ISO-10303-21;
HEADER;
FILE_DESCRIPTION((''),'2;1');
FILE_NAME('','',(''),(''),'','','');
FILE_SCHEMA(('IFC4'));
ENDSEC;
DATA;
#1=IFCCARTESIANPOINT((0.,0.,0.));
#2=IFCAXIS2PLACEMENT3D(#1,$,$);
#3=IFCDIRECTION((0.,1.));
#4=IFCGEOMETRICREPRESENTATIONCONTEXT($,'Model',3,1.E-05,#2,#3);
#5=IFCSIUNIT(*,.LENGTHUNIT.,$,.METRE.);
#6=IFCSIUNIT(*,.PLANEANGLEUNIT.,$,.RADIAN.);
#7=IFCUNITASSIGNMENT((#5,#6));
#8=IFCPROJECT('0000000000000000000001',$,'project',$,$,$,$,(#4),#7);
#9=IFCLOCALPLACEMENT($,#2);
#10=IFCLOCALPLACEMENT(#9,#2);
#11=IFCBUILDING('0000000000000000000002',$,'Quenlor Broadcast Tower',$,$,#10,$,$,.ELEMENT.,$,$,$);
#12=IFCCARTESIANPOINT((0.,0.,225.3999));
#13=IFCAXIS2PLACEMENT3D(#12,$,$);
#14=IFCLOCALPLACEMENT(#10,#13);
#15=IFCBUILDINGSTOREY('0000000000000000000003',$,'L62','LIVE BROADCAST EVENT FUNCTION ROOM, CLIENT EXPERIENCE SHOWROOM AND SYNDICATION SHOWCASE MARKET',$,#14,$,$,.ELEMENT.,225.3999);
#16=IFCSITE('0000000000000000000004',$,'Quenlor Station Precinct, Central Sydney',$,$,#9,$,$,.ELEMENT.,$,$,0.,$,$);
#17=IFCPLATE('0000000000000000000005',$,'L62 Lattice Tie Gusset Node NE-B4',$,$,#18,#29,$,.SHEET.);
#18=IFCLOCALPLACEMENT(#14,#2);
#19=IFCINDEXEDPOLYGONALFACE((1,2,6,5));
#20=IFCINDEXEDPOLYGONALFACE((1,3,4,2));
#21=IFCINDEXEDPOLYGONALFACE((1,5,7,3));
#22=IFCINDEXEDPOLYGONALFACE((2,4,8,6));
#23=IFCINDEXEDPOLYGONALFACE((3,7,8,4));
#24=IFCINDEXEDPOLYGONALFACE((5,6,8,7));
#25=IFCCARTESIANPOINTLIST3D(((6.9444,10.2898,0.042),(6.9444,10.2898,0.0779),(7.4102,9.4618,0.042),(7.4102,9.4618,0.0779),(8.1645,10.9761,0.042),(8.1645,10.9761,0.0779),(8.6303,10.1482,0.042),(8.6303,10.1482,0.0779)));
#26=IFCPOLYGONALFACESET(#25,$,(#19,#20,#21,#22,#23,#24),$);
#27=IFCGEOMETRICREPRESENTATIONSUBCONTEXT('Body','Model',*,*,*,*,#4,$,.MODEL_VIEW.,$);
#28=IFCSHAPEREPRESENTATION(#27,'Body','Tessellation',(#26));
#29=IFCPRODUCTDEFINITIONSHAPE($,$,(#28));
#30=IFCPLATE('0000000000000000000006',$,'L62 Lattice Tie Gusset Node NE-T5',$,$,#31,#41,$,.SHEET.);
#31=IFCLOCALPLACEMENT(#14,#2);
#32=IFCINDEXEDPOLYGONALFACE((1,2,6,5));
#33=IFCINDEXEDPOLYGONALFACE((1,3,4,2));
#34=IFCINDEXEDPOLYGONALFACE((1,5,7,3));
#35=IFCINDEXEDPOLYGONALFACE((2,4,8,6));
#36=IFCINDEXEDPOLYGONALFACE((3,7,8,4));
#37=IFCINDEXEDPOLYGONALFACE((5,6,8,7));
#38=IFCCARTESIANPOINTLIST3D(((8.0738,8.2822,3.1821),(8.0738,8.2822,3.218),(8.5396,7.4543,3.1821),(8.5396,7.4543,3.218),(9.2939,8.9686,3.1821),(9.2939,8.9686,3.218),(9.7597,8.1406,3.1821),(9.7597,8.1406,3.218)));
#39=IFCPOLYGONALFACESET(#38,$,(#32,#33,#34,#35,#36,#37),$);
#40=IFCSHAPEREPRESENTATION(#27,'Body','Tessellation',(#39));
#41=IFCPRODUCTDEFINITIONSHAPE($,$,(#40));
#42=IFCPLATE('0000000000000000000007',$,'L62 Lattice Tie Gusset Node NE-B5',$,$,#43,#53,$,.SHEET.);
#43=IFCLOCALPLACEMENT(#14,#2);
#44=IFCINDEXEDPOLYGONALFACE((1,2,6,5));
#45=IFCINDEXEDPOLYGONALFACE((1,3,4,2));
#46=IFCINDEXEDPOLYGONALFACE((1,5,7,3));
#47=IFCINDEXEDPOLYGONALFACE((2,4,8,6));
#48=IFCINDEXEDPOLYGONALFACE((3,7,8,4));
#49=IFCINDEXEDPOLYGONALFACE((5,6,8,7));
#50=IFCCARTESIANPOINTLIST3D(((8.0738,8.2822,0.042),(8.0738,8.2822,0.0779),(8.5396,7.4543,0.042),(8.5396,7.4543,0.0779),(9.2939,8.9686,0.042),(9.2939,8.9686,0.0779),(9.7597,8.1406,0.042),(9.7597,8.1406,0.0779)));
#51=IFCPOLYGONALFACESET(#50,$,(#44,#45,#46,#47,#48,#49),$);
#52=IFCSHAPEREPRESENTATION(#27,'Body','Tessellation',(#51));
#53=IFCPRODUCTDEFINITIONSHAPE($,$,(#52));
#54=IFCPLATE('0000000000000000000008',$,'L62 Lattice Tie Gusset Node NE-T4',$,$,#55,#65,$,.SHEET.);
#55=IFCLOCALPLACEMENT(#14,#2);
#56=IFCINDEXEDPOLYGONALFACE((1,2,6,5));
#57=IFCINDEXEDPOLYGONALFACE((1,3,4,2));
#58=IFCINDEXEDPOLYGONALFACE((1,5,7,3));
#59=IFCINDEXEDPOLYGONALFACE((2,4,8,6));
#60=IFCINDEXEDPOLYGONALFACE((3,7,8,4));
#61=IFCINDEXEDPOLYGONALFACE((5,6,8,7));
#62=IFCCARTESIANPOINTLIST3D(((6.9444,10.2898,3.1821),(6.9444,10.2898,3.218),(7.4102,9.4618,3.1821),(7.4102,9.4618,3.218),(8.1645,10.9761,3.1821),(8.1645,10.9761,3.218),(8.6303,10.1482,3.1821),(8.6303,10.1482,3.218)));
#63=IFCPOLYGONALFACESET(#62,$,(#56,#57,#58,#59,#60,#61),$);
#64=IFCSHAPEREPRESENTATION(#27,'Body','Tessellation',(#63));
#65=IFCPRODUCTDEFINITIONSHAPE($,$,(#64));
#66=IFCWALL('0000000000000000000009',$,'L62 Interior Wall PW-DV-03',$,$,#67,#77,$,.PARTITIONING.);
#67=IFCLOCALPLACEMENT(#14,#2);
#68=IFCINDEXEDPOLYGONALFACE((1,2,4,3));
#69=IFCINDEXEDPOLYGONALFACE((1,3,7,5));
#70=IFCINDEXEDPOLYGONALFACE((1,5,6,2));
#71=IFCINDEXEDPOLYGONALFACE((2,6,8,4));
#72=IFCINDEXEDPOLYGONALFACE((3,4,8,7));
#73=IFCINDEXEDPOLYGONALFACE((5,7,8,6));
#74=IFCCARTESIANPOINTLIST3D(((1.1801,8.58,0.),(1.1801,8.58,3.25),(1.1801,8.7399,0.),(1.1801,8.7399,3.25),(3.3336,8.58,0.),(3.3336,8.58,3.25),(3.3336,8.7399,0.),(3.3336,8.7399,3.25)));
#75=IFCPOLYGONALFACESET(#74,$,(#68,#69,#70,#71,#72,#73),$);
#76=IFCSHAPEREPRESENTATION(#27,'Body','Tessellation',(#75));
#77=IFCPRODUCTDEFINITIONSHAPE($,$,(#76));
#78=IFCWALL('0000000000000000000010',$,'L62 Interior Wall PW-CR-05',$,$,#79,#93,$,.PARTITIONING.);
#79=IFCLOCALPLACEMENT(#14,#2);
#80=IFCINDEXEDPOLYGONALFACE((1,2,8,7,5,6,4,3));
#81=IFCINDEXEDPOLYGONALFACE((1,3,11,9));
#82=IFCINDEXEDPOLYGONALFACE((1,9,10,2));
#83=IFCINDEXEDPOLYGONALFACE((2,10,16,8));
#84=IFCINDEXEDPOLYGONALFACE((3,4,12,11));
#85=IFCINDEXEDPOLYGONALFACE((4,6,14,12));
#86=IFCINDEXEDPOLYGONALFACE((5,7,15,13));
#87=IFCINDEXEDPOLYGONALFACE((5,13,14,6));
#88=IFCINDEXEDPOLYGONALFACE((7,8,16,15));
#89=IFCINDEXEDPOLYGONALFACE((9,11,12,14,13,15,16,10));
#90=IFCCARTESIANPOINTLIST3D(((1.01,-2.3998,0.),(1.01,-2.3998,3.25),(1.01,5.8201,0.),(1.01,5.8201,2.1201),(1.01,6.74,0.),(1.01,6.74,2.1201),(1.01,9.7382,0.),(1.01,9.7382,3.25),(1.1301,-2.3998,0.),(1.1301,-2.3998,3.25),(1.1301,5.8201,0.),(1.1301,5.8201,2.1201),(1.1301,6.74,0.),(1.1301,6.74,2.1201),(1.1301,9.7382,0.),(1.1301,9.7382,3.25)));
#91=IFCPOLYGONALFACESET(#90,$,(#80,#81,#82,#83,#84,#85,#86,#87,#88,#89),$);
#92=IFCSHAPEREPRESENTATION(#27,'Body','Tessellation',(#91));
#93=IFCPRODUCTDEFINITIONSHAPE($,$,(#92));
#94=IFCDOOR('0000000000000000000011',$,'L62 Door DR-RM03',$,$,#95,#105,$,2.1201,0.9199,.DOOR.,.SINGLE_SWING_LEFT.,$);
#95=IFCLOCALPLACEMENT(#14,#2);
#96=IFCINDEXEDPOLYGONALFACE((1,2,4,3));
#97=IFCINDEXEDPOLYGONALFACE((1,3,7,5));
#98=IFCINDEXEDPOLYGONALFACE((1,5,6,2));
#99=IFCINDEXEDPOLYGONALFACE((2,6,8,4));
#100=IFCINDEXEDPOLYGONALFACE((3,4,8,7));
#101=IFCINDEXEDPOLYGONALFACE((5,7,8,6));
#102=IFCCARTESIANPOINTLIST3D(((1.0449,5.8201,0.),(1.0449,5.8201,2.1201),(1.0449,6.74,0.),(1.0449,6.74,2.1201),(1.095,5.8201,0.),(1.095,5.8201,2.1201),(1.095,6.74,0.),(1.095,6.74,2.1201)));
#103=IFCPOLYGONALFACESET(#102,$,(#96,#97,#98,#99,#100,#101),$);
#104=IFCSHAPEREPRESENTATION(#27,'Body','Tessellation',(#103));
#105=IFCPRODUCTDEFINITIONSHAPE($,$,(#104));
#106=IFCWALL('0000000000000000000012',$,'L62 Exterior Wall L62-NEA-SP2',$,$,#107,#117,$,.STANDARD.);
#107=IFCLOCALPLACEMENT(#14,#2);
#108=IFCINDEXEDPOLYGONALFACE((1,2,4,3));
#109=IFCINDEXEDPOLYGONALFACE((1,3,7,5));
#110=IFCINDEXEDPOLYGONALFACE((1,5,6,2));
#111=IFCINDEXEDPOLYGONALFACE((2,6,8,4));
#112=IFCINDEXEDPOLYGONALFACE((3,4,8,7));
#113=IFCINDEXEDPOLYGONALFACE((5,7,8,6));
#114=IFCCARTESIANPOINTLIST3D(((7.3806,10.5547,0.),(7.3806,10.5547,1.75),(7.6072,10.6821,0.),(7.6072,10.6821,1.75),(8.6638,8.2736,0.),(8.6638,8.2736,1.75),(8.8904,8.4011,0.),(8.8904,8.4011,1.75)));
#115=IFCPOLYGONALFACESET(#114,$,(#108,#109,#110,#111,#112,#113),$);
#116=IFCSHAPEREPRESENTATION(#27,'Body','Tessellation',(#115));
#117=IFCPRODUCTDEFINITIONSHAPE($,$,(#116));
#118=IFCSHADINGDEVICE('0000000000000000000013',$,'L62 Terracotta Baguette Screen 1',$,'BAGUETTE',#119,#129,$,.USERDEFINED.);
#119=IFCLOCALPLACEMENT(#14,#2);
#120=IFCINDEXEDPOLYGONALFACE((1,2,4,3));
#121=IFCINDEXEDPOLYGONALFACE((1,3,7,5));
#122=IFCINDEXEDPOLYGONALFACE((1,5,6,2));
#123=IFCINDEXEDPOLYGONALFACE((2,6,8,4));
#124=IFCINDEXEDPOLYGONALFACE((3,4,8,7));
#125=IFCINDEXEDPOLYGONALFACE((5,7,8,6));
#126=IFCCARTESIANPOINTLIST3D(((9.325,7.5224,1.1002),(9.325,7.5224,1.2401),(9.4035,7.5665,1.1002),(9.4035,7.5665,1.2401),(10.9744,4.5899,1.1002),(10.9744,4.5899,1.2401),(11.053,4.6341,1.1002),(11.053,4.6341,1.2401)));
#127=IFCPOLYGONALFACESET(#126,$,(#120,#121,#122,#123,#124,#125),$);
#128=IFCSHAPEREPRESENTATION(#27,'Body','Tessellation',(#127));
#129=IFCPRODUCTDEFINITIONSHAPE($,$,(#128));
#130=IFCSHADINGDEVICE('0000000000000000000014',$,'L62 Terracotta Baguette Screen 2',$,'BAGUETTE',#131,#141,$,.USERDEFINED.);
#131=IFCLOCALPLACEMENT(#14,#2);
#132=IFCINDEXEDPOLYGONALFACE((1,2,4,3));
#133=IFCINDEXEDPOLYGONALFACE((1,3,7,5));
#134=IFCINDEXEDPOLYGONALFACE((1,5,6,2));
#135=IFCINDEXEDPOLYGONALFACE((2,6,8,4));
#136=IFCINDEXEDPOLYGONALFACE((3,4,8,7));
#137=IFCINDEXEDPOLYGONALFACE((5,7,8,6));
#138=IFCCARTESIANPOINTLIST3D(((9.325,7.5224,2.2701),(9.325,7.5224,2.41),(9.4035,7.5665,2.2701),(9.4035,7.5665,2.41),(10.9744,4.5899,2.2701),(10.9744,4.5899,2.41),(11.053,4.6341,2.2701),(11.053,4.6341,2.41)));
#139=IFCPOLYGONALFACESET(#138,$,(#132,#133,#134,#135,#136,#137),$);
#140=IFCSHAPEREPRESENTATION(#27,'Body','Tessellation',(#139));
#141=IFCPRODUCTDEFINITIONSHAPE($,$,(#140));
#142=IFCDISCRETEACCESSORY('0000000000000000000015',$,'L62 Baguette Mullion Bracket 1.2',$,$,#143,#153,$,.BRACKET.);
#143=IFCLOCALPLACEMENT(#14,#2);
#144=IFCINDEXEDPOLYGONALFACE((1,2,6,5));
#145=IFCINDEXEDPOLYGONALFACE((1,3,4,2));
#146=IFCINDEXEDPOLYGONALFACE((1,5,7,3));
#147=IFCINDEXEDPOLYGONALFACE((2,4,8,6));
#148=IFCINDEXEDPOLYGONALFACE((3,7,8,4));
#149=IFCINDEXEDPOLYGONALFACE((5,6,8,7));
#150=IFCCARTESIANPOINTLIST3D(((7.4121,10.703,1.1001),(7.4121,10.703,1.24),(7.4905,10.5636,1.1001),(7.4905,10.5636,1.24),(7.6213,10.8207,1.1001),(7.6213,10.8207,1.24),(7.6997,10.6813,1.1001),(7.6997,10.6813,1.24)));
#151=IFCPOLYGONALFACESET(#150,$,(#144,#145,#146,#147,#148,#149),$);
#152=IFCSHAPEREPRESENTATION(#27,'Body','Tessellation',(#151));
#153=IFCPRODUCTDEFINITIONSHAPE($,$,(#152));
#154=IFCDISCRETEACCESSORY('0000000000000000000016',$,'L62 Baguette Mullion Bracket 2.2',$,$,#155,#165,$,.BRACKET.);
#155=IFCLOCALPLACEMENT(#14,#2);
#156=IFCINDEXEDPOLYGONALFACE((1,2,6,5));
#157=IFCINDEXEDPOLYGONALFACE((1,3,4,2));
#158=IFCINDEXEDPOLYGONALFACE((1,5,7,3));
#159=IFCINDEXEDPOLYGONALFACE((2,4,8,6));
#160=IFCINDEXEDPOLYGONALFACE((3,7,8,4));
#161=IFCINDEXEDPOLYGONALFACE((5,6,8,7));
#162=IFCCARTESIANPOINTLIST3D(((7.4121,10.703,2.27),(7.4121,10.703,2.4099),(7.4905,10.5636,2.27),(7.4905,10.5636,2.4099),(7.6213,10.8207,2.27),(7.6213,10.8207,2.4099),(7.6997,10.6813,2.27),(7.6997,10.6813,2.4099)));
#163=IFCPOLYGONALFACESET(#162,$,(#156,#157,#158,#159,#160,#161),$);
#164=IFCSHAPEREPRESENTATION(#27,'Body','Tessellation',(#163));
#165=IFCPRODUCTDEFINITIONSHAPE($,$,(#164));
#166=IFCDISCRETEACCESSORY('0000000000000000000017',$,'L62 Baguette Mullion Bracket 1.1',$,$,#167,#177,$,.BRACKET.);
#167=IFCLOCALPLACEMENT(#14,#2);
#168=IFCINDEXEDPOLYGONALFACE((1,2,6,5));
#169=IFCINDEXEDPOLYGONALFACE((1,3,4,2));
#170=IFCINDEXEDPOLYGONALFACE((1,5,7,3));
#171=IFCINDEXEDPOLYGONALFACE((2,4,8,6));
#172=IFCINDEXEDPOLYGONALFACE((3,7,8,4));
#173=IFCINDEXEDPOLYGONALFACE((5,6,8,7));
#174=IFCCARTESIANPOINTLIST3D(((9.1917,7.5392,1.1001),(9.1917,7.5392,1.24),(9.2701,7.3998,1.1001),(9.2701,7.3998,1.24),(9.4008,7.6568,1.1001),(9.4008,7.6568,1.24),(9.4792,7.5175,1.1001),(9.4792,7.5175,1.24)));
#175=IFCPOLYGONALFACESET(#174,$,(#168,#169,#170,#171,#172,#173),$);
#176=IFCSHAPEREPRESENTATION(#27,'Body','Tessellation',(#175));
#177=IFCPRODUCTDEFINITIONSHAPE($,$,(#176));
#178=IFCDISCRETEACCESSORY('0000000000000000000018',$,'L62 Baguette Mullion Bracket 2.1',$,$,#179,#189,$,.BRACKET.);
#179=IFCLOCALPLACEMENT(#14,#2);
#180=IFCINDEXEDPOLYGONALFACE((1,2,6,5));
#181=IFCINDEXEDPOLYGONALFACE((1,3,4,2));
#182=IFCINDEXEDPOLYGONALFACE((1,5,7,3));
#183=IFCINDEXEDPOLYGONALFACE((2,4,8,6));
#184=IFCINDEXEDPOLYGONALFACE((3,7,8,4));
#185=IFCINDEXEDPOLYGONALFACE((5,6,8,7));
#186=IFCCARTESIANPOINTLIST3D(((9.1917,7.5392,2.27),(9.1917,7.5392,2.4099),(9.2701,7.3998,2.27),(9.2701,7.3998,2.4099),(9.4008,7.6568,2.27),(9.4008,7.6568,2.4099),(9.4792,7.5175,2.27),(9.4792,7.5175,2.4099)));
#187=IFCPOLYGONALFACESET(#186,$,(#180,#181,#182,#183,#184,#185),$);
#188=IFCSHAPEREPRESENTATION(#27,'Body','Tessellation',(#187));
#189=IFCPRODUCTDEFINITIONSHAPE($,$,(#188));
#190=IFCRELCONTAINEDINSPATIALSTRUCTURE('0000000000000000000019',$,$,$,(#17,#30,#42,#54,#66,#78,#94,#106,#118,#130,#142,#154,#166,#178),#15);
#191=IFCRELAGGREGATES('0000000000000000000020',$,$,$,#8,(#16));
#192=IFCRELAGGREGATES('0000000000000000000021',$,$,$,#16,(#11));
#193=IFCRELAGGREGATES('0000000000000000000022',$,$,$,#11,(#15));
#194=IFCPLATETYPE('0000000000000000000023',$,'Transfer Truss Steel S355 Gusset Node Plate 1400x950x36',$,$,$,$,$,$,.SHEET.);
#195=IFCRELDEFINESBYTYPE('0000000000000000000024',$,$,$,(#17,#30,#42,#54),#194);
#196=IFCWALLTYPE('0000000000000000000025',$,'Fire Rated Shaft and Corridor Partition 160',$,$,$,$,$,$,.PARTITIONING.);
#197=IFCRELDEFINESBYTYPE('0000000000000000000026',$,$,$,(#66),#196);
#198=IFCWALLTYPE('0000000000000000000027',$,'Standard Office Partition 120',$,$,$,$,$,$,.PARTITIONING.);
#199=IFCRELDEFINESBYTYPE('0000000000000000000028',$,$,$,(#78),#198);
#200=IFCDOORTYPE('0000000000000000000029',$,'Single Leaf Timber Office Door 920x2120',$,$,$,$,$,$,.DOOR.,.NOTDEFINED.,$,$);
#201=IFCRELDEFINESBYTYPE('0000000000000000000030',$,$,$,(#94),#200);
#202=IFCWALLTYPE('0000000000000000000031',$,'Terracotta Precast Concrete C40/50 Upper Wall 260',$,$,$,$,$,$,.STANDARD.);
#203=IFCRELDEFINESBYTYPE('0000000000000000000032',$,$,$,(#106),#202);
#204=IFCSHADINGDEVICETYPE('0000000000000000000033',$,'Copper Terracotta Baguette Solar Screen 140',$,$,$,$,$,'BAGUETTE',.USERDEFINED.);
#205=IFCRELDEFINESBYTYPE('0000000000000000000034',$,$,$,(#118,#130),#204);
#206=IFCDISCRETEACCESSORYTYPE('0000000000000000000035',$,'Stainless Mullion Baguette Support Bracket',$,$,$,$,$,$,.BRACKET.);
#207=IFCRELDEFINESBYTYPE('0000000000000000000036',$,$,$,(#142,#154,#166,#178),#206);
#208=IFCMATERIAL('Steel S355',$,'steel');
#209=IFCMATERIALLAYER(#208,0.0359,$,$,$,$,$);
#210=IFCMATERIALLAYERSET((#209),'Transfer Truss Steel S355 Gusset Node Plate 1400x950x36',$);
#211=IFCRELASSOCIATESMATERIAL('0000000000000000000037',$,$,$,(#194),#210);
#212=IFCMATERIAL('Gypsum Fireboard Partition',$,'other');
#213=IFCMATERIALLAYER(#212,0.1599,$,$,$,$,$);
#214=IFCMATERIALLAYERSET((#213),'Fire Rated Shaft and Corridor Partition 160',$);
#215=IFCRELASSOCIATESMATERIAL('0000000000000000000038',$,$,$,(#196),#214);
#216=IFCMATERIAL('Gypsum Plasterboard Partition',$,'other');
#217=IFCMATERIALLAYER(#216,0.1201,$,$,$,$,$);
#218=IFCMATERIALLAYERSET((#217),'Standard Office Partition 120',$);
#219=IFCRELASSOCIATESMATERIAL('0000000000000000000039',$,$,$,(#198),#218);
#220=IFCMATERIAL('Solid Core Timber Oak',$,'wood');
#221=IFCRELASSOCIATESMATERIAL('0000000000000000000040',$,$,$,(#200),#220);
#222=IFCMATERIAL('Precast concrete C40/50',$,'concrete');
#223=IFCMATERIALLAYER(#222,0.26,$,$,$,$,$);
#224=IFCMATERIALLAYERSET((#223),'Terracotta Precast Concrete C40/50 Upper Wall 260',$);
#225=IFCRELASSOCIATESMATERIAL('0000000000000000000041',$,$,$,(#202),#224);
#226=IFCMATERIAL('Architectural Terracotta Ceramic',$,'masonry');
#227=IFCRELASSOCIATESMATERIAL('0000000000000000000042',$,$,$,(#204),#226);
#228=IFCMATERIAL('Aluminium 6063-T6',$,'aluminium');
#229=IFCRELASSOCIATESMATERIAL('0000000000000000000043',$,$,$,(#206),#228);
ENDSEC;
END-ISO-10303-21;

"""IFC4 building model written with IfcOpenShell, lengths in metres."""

from ifc_helpers import new_model, si_unit, direction, frame, frame_2d, origin, origin_2d, place, context, subcontext, project, spatial, rectangle, extrude, material, layer, layer_set, material_profile, profile_set, type_object, element, fill, save


model = new_model("IFC4")

# Units and contexts
model_context = context("Model", 3, precision=1e-05, world=origin(), true_north=direction((0.0, 1.0)))
body_context = subcontext(model_context, "Body", "Model", "MODEL_VIEW")
ifc_project = project(units=[si_unit("LENGTHUNIT", "METRE"), si_unit("PLANEANGLEUNIT", "RADIAN")], contexts=[model_context])

# Site, building, storey
site_placement = place(None, origin())
site = spatial("IfcSite", under=ifc_project, at=site_placement, Name="Quenlor Station Precinct, Central Sydney", CompositionType="ELEMENT", RefElevation=0.0)
building_placement = place(site_placement, origin())
building = spatial("IfcBuilding", under=site, at=building_placement, Name="Quenlor Broadcast Tower", CompositionType="ELEMENT")
storey_placement = place(building_placement, frame((0.0, 0.0, 225.3999)))
storey = spatial("IfcBuildingStorey", under=building, at=storey_placement, Name="L62", Description="LIVE BROADCAST EVENT FUNCTION ROOM, CLIENT EXPERIENCE SHOWROOM AND SYNDICATION SHOWCASE MARKET", CompositionType="ELEMENT", Elevation=225.3999)

# Plates
ifc_material_1 = material(Name="Steel S355", Category="steel")
ifc_layer_1 = layer(ifc_material_1, 0.0359)
ifc_layer_set_1 = layer_set([ifc_layer_1], Name="Transfer Truss Steel S355 Gusset Node Plate 1400x950x36")
plate_type_1 = type_object("IfcPlateType", Name="Transfer Truss Steel S355 Gusset Node Plate 1400x950x36", PredefinedType="SHEET", material=ifc_layer_set_1)
for number, where, z_axis, x_axis, name in (
    (1, (7.7874, 10.219, 0.042), (0.0, 0.0, 1.0), (0.871556, 0.490295, 0.0), "L62 Lattice Tie Gusset Node NE-B4"),
    (2, (8.9167, 8.2114, 3.1821), (0.0, 0.0, 1.0), (0.871556, 0.490295, 0.0), "L62 Lattice Tie Gusset Node NE-T5"),
    (3, (8.9167, 8.2114, 0.042), (0.0, 0.0, 1.0), (0.871556, 0.490295, 0.0), "L62 Lattice Tie Gusset Node NE-B5"),
    (4, (7.7874, 10.219, 3.1821), (0.0, 0.0, 1.0), (0.871556, 0.490295, 0.0), "L62 Lattice Tie Gusset Node NE-T4"),
):
    element("IfcPlate", number, at=place(storey_placement, frame(where, z_axis=z_axis, x_axis=x_axis)), inside=storey, type_object=plate_type_1, Name=name, PredefinedType="SHEET", context=body_context, shape_type="SweptSolid", body=[
        extrude(rectangle(XDim=1.3999, YDim=0.95, at=origin_2d()), origin(), (0.0, 0.0, 1.0), 0.0359),
    ])

# Wall
ifc_material_2 = material(Name="Gypsum Fireboard Partition", Category="other")
ifc_layer_2 = layer(ifc_material_2, 0.1599)
ifc_layer_set_2 = layer_set([ifc_layer_2], Name="Fire Rated Shaft and Corridor Partition 160")
wall_type_1 = type_object("IfcWallType", Name="Fire Rated Shaft and Corridor Partition 160", PredefinedType="PARTITIONING", material=ifc_layer_set_2)
wall_1_placement = place(storey_placement, frame((3.3335, 8.6599, 0.0), z_axis=(0.0, 0.0, 1.0), x_axis=(-1.0, 0.0, 0.0)))
element("IfcWall", 5, at=wall_1_placement, inside=storey, type_object=wall_type_1, Name="L62 Interior Wall PW-DV-03", PredefinedType="PARTITIONING", context=body_context, shape_type="SweptSolid", body=[
    extrude(rectangle(XDim=2.1536, YDim=0.1599, at=frame_2d((1.0767, 0.0))), origin(), (0.0, 0.0, 1.0), 3.25),
])

# Wall, opening, door
ifc_material_3 = material(Name="Gypsum Plasterboard Partition", Category="other")
ifc_layer_3 = layer(ifc_material_3, 0.1201)
ifc_layer_set_3 = layer_set([ifc_layer_3], Name="Standard Office Partition 120")
wall_type_2 = type_object("IfcWallType", Name="Standard Office Partition 120", PredefinedType="PARTITIONING", material=ifc_layer_set_3)
wall_2_placement = place(storey_placement, frame((1.0701, 9.738, 0.0), z_axis=(0.0, 0.0, 1.0), x_axis=(0.0, -1.0, 0.0)))
wall_2 = element("IfcWall", 6, at=wall_2_placement, inside=storey, type_object=wall_type_2, Name="L62 Interior Wall PW-CR-05", PredefinedType="PARTITIONING", context=body_context, shape_type="SweptSolid", body=[
    extrude(rectangle(XDim=12.1379, YDim=0.1201, at=frame_2d((6.0688, 0.0))), origin(), (0.0, 0.0, 1.0), 3.25),
])
opening_placement = place(wall_2_placement, frame((2.998, 0.0, 0.0)))
opening = element("IfcOpeningElement", 7, at=opening_placement, cuts=wall_2, PredefinedType="OPENING", context=body_context, shape_type="SweptSolid", body=[
    extrude(rectangle(XDim=0.9199, YDim=2.1201, at=frame_2d((0.46, 1.0601))), frame((0.0, 0.0701, 0.0), z_axis=(0.0, -1.0, 0.0), x_axis=(1.0, 0.0, 0.0)), (0.0, 0.0, 1.0), 0.1401),
])
ifc_material_4 = material(Name="Solid Core Timber Oak", Category="wood")
door_type = type_object("IfcDoorType", Name="Single Leaf Timber Office Door 920x2120", OperationType="NOTDEFINED", PredefinedType="DOOR", material=ifc_material_4)
door_placement = place(opening_placement, origin())
door = element("IfcDoor", 8, at=door_placement, inside=storey, type_object=door_type, Name="L62 Door DR-RM03", OperationType="SINGLE_SWING_LEFT", OverallHeight=2.1201, OverallWidth=0.9199, PredefinedType="DOOR", context=body_context, shape_type="SweptSolid", body=[
    extrude(rectangle(XDim=0.9199, YDim=2.1201, at=frame_2d((0.46, 1.0601))), frame((0.0, 0.0249, 0.0), z_axis=(0.0, -1.0, 0.0), x_axis=(1.0, 0.0, 0.0)), (0.0, 0.0, 1.0), 0.05),
])
fill(opening, door)

# Wall
ifc_material_5 = material(Name="Precast concrete C40/50", Category="concrete")
ifc_layer_4 = layer(ifc_material_5, 0.26)
ifc_layer_set_4 = layer_set([ifc_layer_4], Name="Terracotta Precast Concrete C40/50 Upper Wall 260")
wall_type_3 = type_object("IfcWallType", Name="Terracotta Precast Concrete C40/50 Upper Wall 260", PredefinedType="STANDARD", material=ifc_layer_set_4)
wall_3_placement = place(storey_placement, frame((7.4939, 10.6184, 0.0), z_axis=(0.0, 0.0, 1.0), x_axis=(0.490301, -0.871553, 0.0)))
element("IfcWall", 9, at=wall_3_placement, inside=storey, type_object=wall_type_3, Name="L62 Exterior Wall L62-NEA-SP2", PredefinedType="STANDARD", context=body_context, shape_type="SweptSolid", body=[
    extrude(rectangle(XDim=2.6172, YDim=0.26, at=frame_2d((1.3086, 0.0))), origin(), (0.0, 0.0, 1.0), 1.75),
])

# Shading devices
ifc_material_6 = material(Name="Architectural Terracotta Ceramic", Category="masonry")
ifc_material_profile_1 = material_profile(ifc_material_6, rectangle(XDim=0.0901, YDim=0.1399, at=origin_2d()))
ifc_profile_set_1 = profile_set([ifc_material_profile_1], Name="Architectural Terracotta Ceramic BAG90x140")
shading_device_type = type_object("IfcShadingDeviceType", Name="Copper Terracotta Baguette Solar Screen 140", ElementType="BAGUETTE", PredefinedType="USERDEFINED", material=ifc_profile_set_1)
for number, where, z_axis, x_axis, name in (
    (10, (9.3643, 7.5444, 1.1702), (0.490251, -0.871581, 0.0), (0.871581, 0.490251, 0.0), "L62 Terracotta Baguette Screen 1"),
    (11, (9.3643, 7.5444, 2.3401), (0.490251, -0.871581, 0.0), (0.871581, 0.490251, 0.0), "L62 Terracotta Baguette Screen 2"),
):
    element("IfcShadingDevice", number, at=place(storey_placement, frame(where, z_axis=z_axis, x_axis=x_axis)), inside=storey, type_object=shading_device_type, Name=name, ObjectType="BAGUETTE", PredefinedType="USERDEFINED", context=body_context, shape_type="SweptSolid", body=[
        extrude(rectangle(XDim=0.0901, YDim=0.1399, at=origin_2d()), origin(), (0.0, 0.0, 1.0), 3.3645),
    ])

# Discrete accessories
ifc_material_7 = material(Name="Aluminium 6063-T6", Category="aluminium")
discrete_accessory_type = type_object("IfcDiscreteAccessoryType", Name="Stainless Mullion Baguette Support Bracket", PredefinedType="BRACKET", material=ifc_material_7)
for number, where, z_axis, x_axis, name in (
    (12, (7.5559, 10.6921, 1.1001), (0.0, 0.0, 1.0), (0.49026, -0.871576, 0.0), "L62 Baguette Mullion Bracket 1.2"),
    (13, (7.5559, 10.6921, 2.27), (0.0, 0.0, 1.0), (0.49026, -0.871576, 0.0), "L62 Baguette Mullion Bracket 2.2"),
    (14, (9.3354, 7.5283, 1.1001), (0.0, 0.0, 1.0), (0.490257, -0.871578, 0.0), "L62 Baguette Mullion Bracket 1.1"),
    (15, (9.3354, 7.5283, 2.27), (0.0, 0.0, 1.0), (0.490257, -0.871578, 0.0), "L62 Baguette Mullion Bracket 2.1"),
):
    element("IfcDiscreteAccessory", number, at=place(storey_placement, frame(where, z_axis=z_axis, x_axis=x_axis)), inside=storey, type_object=discrete_accessory_type, Name=name, PredefinedType="BRACKET", context=body_context, shape_type="SweptSolid", body=[
        extrude(rectangle(XDim=0.1599, YDim=0.24, at=origin_2d()), origin(), (0.0, 0.0, 1.0), 0.1399),
    ])

save(model, "model.ifc")
